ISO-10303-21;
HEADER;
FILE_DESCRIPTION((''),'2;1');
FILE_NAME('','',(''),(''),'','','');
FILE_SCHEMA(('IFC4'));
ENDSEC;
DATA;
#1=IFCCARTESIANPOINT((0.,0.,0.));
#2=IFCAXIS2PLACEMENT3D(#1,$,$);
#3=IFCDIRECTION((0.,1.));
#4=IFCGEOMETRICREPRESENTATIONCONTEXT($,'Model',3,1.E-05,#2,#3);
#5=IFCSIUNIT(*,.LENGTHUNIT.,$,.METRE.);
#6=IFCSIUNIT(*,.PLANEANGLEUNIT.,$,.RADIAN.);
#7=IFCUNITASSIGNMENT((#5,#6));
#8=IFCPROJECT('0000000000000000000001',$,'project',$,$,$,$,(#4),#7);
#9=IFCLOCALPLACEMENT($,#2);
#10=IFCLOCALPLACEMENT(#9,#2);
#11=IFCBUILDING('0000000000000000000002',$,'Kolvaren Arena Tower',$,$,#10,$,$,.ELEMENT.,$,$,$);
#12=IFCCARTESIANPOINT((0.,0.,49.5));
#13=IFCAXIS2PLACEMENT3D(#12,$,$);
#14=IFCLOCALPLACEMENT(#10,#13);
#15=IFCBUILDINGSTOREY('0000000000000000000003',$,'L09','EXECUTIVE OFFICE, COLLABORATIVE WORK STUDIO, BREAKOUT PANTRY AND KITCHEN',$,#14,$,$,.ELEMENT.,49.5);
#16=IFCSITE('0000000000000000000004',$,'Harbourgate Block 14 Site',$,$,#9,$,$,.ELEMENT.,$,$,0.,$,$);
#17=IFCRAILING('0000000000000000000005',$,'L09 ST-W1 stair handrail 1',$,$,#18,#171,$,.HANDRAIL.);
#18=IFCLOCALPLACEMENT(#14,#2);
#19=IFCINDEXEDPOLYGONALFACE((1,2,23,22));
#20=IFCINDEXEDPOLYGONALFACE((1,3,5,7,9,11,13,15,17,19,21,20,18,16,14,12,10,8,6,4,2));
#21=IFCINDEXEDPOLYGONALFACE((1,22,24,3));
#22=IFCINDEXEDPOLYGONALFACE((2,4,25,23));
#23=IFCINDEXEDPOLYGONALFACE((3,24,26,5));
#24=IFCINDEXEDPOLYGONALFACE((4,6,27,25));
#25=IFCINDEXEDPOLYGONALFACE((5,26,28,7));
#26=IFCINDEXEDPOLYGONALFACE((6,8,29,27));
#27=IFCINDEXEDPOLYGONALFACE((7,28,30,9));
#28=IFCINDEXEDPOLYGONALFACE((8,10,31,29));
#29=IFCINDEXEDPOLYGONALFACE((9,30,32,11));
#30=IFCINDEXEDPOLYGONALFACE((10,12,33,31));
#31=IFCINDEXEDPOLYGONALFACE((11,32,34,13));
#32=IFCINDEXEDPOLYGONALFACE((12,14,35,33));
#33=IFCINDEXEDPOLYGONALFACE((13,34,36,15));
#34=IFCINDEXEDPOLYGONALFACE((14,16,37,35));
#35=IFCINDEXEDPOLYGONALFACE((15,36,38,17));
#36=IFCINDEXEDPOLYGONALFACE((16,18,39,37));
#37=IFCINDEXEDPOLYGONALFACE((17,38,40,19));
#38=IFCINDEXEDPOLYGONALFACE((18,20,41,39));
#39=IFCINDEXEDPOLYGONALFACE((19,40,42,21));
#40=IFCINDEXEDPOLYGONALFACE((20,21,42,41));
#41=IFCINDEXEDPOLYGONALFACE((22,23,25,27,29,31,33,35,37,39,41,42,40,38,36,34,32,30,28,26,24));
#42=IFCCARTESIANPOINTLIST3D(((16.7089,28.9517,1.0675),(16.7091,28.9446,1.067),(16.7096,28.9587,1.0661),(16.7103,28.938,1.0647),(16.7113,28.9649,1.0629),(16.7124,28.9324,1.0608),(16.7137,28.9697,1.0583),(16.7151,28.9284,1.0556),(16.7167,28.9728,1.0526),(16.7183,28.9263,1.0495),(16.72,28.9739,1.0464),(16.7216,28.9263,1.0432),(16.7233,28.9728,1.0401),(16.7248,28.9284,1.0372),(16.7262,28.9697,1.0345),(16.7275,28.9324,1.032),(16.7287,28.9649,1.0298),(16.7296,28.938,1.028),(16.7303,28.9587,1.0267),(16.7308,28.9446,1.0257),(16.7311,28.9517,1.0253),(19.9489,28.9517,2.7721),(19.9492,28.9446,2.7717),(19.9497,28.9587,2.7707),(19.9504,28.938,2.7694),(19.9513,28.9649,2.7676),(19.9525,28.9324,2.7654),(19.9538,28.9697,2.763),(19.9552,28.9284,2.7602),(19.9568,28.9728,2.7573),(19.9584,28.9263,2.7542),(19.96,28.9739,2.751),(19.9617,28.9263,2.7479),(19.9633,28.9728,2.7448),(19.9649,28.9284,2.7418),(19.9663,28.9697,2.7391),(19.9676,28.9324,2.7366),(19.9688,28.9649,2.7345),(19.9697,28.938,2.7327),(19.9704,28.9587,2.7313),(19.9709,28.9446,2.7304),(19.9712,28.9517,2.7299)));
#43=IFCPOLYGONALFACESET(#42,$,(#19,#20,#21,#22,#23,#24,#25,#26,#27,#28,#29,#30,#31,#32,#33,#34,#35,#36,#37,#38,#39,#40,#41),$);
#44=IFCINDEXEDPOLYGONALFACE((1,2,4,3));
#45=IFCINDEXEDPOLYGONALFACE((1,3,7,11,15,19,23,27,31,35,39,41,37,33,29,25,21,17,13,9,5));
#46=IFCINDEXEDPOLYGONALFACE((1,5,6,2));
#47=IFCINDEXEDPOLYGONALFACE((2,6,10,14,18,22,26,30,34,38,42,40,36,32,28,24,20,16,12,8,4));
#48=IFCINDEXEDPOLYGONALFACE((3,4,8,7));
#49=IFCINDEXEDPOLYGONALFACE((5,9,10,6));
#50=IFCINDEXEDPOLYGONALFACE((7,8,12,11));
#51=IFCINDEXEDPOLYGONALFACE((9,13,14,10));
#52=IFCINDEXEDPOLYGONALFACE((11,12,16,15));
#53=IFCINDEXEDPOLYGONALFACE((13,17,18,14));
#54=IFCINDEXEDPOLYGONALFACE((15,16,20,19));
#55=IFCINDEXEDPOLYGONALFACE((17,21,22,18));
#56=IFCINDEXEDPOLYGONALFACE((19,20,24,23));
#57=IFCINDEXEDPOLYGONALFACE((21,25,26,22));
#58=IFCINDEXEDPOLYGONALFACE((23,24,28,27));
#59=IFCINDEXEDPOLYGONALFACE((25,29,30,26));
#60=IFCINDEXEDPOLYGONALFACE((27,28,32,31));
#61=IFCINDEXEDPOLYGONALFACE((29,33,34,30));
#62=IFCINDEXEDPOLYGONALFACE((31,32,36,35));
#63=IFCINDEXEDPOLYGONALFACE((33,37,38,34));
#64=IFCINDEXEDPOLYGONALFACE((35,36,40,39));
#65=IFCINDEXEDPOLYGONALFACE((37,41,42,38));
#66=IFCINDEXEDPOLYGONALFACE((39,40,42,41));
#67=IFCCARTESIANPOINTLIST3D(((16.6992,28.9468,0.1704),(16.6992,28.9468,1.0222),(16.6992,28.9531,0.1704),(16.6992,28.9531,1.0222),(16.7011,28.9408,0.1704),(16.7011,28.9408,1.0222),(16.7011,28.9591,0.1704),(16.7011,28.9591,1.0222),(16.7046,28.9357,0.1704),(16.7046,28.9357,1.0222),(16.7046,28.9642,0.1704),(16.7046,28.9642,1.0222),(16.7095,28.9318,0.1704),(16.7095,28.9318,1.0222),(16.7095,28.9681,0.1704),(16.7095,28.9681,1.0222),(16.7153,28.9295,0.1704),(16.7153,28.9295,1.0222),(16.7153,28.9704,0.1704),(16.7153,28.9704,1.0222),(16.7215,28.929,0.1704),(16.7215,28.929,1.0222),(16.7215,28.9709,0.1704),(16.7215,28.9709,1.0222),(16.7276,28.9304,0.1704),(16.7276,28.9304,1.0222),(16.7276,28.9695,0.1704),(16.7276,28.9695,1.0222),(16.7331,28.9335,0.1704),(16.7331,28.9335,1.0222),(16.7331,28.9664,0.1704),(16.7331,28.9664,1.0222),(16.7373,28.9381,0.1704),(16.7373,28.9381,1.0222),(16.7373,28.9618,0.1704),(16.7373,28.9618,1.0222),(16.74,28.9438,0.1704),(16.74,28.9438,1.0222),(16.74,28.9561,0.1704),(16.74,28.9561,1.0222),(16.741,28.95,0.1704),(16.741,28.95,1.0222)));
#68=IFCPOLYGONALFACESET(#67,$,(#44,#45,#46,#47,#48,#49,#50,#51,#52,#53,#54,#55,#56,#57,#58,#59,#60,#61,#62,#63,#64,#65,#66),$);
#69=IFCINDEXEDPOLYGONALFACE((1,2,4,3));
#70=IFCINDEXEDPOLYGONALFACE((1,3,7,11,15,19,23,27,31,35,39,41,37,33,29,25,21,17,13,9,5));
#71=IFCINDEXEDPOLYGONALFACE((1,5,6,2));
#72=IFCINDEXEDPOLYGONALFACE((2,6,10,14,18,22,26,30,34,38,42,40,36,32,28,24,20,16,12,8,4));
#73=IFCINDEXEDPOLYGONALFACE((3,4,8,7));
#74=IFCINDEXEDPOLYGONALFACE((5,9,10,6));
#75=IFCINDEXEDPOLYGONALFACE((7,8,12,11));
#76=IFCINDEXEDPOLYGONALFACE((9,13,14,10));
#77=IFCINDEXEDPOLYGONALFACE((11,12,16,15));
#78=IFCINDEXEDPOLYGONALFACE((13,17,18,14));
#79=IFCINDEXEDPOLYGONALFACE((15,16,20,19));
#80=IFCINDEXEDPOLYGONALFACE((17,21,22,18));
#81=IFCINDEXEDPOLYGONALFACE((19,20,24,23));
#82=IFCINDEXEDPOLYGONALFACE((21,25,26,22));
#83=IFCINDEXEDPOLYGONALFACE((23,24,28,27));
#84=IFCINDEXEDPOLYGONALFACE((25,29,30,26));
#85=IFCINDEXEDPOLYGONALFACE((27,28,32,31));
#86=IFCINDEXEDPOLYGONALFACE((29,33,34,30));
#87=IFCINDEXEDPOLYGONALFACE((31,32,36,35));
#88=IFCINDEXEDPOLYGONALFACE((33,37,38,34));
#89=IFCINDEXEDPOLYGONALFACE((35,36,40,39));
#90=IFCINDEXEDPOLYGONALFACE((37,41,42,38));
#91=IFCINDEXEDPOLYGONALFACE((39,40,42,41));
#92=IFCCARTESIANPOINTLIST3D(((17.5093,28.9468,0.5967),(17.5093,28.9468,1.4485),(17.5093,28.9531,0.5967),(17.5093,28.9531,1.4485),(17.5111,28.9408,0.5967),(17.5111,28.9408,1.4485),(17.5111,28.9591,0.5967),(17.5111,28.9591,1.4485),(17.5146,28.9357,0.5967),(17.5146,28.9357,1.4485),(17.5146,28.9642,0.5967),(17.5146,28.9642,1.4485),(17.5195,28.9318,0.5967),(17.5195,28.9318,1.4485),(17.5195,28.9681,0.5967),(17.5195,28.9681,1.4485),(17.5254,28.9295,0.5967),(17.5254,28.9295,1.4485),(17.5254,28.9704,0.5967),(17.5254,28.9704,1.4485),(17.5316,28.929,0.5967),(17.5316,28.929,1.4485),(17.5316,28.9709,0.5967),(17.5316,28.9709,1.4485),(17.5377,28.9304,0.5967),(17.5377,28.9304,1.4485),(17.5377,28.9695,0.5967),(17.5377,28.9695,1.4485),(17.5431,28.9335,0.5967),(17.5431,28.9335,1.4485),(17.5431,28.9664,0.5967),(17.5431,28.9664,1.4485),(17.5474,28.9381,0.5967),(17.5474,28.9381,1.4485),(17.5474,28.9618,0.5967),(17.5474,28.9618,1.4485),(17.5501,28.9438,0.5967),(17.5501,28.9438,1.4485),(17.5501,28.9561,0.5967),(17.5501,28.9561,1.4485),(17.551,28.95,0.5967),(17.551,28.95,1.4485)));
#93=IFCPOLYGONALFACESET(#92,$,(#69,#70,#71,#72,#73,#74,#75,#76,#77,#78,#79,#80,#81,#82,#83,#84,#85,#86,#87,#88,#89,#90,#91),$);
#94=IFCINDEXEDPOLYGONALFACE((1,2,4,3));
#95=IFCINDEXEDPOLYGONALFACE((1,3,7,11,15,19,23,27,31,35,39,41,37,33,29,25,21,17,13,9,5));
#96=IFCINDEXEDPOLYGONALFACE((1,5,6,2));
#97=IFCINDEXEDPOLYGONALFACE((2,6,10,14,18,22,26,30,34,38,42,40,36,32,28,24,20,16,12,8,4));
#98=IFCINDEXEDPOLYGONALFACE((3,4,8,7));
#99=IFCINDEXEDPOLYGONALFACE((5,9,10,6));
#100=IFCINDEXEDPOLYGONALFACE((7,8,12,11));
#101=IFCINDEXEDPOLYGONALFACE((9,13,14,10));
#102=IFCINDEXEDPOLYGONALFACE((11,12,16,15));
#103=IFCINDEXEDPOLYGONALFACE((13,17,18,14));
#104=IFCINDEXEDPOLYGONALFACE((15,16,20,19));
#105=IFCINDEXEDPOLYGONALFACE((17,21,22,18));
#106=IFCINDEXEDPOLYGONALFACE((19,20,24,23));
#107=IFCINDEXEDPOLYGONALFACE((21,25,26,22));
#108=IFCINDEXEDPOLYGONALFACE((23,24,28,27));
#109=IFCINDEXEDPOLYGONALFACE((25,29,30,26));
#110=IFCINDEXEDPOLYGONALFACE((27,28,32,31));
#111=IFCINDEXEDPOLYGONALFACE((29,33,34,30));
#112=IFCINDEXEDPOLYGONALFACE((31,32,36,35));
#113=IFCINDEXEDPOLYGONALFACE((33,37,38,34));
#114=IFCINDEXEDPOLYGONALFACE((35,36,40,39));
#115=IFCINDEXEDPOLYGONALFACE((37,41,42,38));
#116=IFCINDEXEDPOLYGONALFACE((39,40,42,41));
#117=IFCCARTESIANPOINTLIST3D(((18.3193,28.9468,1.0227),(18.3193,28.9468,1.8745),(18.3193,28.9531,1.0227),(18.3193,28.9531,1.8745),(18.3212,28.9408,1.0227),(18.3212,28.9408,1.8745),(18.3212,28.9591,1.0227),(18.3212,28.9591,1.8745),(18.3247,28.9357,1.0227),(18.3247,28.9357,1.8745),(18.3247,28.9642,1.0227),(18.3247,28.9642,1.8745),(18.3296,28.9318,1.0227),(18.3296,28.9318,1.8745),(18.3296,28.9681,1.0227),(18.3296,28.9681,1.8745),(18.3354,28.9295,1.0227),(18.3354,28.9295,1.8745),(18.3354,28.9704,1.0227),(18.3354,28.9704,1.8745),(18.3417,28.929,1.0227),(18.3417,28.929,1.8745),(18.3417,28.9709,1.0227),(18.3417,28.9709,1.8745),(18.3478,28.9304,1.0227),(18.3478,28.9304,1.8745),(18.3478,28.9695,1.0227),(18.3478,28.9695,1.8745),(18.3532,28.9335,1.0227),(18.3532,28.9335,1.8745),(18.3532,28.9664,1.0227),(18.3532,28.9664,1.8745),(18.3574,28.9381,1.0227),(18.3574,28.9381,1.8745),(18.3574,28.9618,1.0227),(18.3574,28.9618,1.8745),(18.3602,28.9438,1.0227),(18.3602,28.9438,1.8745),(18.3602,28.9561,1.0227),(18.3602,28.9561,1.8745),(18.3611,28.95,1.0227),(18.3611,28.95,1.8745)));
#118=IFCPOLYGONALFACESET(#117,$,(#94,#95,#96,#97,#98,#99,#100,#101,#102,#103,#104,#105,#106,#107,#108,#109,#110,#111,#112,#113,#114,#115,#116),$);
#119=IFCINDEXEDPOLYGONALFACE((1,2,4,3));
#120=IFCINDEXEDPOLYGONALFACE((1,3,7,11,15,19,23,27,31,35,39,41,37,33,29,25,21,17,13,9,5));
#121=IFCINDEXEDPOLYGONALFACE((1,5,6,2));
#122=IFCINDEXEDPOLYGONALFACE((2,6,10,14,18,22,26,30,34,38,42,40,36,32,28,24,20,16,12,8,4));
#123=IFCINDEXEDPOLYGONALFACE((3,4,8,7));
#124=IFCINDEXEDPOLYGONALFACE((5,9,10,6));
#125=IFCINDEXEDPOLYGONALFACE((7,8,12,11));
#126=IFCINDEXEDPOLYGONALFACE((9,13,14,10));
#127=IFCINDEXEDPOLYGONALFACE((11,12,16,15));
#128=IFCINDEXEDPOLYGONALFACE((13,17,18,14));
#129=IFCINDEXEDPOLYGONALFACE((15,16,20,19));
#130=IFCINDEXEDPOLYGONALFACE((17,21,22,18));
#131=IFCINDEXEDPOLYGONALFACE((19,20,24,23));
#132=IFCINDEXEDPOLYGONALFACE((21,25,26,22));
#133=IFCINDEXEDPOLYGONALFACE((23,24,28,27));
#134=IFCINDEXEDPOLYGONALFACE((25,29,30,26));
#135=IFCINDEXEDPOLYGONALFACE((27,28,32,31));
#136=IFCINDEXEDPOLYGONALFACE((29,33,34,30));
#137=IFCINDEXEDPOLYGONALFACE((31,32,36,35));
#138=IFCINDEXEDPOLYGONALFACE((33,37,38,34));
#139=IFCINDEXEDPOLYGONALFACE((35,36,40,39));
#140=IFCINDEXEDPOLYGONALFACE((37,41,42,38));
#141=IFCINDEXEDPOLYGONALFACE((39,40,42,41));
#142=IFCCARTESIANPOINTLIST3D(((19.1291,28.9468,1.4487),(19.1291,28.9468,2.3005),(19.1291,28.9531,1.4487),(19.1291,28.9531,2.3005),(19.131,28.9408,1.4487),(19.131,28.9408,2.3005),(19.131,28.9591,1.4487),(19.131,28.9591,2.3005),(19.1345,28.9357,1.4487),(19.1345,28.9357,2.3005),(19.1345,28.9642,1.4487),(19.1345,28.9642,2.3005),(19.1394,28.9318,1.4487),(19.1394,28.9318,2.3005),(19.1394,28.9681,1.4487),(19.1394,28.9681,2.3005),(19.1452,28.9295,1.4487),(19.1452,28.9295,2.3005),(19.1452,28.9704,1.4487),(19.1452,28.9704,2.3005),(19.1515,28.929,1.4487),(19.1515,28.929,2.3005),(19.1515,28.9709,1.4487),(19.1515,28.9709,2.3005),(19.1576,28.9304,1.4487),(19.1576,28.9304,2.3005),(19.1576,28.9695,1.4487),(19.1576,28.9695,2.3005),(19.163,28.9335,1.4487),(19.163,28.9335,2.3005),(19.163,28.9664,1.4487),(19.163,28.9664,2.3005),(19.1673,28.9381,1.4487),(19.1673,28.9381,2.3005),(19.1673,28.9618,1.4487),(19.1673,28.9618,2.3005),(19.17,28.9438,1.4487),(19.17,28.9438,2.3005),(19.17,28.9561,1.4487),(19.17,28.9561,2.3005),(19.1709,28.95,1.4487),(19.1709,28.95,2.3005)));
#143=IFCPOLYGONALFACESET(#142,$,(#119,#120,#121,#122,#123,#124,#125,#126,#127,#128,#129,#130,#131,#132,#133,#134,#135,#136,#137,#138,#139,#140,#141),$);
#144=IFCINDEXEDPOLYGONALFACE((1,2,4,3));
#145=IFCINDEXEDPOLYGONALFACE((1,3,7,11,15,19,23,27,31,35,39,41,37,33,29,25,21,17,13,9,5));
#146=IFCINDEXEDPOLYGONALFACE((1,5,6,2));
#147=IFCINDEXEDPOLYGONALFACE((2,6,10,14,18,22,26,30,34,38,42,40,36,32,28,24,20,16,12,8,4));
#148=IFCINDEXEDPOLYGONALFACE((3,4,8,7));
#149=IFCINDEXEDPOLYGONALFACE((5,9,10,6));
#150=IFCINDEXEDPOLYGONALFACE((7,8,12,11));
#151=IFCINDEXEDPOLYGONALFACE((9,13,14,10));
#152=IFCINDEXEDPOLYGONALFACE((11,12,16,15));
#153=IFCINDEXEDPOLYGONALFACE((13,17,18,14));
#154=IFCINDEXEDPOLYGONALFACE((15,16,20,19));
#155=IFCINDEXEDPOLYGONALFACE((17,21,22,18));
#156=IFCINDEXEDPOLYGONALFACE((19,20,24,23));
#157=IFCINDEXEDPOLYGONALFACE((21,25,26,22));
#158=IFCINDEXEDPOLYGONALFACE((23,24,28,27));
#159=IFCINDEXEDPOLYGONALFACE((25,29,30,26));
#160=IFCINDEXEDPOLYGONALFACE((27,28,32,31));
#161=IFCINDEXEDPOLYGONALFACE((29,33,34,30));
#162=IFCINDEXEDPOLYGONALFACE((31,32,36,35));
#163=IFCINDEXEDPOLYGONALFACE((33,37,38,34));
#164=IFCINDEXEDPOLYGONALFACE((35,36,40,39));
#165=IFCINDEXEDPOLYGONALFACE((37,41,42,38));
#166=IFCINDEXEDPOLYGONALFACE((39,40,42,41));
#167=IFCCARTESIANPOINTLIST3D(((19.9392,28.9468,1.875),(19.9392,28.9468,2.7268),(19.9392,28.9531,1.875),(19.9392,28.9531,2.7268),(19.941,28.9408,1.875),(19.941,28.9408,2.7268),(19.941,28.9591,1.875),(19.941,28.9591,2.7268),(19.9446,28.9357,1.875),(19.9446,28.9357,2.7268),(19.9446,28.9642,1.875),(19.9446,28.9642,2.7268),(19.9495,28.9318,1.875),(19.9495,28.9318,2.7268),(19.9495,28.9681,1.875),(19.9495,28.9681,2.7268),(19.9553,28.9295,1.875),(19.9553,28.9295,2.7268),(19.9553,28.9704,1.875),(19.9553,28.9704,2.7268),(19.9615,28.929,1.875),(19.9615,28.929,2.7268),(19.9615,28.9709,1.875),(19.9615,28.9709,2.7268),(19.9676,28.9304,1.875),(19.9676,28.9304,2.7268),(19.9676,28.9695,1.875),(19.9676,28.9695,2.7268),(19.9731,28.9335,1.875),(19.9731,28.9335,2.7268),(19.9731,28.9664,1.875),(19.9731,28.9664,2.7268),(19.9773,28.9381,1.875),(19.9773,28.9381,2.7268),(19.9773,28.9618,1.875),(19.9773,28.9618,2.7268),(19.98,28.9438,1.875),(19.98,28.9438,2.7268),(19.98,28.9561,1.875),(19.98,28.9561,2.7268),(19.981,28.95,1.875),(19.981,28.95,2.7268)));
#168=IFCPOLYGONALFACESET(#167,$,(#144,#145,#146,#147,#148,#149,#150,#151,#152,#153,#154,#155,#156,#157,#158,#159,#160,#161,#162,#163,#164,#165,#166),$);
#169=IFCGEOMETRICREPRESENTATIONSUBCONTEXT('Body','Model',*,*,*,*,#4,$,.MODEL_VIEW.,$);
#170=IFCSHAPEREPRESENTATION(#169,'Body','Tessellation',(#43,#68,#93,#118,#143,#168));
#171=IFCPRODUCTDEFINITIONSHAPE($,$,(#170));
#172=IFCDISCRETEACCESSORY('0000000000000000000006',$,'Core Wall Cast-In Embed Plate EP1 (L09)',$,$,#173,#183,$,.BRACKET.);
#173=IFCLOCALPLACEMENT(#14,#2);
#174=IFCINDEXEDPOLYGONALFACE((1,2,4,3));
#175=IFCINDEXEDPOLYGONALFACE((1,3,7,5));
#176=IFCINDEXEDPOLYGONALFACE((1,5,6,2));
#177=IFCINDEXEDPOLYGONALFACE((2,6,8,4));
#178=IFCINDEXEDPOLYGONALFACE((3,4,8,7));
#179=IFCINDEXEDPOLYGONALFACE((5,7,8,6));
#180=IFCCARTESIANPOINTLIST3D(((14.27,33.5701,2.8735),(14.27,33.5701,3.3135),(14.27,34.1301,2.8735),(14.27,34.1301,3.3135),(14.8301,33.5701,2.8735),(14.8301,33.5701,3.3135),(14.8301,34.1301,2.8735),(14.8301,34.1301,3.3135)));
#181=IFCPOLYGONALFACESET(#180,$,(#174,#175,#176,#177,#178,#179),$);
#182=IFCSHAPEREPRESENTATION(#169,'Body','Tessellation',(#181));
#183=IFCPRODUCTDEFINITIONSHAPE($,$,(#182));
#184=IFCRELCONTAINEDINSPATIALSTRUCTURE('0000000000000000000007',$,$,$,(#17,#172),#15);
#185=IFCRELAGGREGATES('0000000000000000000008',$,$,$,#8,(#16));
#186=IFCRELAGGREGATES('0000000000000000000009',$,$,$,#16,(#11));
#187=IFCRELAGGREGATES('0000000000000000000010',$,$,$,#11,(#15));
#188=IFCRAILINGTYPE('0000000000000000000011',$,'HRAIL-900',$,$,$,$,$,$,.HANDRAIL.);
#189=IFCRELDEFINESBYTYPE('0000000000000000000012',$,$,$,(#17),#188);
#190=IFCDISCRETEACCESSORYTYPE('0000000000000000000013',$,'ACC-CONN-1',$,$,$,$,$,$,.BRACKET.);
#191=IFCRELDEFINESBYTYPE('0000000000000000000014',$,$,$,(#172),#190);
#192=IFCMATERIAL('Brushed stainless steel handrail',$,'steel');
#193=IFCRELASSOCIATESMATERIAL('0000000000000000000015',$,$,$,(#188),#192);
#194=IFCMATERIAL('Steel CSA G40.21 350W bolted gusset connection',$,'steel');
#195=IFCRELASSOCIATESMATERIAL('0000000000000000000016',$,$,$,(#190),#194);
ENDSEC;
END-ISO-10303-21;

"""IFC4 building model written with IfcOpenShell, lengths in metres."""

from ifc_helpers import new_model, si_unit, direction, frame, origin, origin_2d, place, context, subcontext, project, spatial, rectangle, circle, extrude, material, type_object, element, save


model = new_model("IFC4")

# Units and contexts
model_context = context("Model", 3, precision=1e-05, world=origin(), true_north=direction((0.0, 1.0)))
body_context = subcontext(model_context, "Body", "Model", "MODEL_VIEW")
ifc_project = project(units=[si_unit("LENGTHUNIT", "METRE"), si_unit("PLANEANGLEUNIT", "RADIAN")], contexts=[model_context])

# Site, building, storey
site_placement = place(None, origin())
site = spatial("IfcSite", under=ifc_project, at=site_placement, Name="Harbourgate Block 14 Site", CompositionType="ELEMENT", RefElevation=0.0)
building_placement = place(site_placement, origin())
building = spatial("IfcBuilding", under=site, at=building_placement, Name="Kolvaren Arena Tower", CompositionType="ELEMENT")
storey_placement = place(building_placement, frame((0.0, 0.0, 49.5)))
storey = spatial("IfcBuildingStorey", under=building, at=storey_placement, Name="L09", Description="EXECUTIVE OFFICE, COLLABORATIVE WORK STUDIO, BREAKOUT PANTRY AND KITCHEN", CompositionType="ELEMENT", Elevation=49.5)

# Railing
ifc_material_1 = material(Name="Brushed stainless steel handrail", Category="steel")
railing_type_1 = type_object("IfcRailingType", Name="HRAIL-900", PredefinedType="HANDRAIL", material=ifc_material_1)
railing_1_placement = place(storey_placement, frame((16.72, 28.95, 0.1704)))
element("IfcRailing", 1, at=railing_1_placement, inside=storey, type_object=railing_type_1, Name="L09 ST-W1 stair handrail 1", PredefinedType="HANDRAIL", context=body_context, shape_type="SweptSolid", body=[
    extrude(circle(Radius=0.0239, at=origin_2d()), frame((0.0, 0.0, 0.876), z_axis=(0.884993, 0.0, 0.465604), x_axis=(0.0, 1.0, 0.0)), (0.0, 0.0, 1.0), 3.6611),
    extrude(circle(Radius=0.021, at=origin_2d()), origin(), (0.0, 0.0, 1.0), 0.8518),
    extrude(circle(Radius=0.021, at=origin_2d()), frame((0.8101, 0.0, 0.4263)), (0.0, 0.0, 1.0), 0.8518),
    extrude(circle(Radius=0.021, at=origin_2d()), frame((1.6201, 0.0, 0.8523)), (0.0, 0.0, 1.0), 0.8518),
    extrude(circle(Radius=0.021, at=origin_2d()), frame((2.4299, 0.0, 1.2783)), (0.0, 0.0, 1.0), 0.8518),
    extrude(circle(Radius=0.021, at=origin_2d()), frame((3.24, 0.0, 1.7046)), (0.0, 0.0, 1.0), 0.8518),
])

# Discrete accessory
ifc_material_2 = material(Name="Steel CSA G40.21 350W bolted gusset connection", Category="steel")
discrete_accessory_type = type_object("IfcDiscreteAccessoryType", Name="ACC-CONN-1", PredefinedType="BRACKET", material=ifc_material_2)
discrete_accessory_placement = place(storey_placement, frame((14.55, 33.8501, 2.8735), z_axis=(0.0, 0.0, 1.0), x_axis=(1.0, 0.0, 0.0)))
element("IfcDiscreteAccessory", 2, at=discrete_accessory_placement, inside=storey, type_object=discrete_accessory_type, Name="Core Wall Cast-In Embed Plate EP1 (L09)", PredefinedType="BRACKET", context=body_context, shape_type="SweptSolid", body=[
    extrude(rectangle(XDim=0.5601, YDim=0.5601, at=origin_2d()), origin(), (0.0, 0.0, 1.0), 0.4399),
])

save(model, "model.ifc")
